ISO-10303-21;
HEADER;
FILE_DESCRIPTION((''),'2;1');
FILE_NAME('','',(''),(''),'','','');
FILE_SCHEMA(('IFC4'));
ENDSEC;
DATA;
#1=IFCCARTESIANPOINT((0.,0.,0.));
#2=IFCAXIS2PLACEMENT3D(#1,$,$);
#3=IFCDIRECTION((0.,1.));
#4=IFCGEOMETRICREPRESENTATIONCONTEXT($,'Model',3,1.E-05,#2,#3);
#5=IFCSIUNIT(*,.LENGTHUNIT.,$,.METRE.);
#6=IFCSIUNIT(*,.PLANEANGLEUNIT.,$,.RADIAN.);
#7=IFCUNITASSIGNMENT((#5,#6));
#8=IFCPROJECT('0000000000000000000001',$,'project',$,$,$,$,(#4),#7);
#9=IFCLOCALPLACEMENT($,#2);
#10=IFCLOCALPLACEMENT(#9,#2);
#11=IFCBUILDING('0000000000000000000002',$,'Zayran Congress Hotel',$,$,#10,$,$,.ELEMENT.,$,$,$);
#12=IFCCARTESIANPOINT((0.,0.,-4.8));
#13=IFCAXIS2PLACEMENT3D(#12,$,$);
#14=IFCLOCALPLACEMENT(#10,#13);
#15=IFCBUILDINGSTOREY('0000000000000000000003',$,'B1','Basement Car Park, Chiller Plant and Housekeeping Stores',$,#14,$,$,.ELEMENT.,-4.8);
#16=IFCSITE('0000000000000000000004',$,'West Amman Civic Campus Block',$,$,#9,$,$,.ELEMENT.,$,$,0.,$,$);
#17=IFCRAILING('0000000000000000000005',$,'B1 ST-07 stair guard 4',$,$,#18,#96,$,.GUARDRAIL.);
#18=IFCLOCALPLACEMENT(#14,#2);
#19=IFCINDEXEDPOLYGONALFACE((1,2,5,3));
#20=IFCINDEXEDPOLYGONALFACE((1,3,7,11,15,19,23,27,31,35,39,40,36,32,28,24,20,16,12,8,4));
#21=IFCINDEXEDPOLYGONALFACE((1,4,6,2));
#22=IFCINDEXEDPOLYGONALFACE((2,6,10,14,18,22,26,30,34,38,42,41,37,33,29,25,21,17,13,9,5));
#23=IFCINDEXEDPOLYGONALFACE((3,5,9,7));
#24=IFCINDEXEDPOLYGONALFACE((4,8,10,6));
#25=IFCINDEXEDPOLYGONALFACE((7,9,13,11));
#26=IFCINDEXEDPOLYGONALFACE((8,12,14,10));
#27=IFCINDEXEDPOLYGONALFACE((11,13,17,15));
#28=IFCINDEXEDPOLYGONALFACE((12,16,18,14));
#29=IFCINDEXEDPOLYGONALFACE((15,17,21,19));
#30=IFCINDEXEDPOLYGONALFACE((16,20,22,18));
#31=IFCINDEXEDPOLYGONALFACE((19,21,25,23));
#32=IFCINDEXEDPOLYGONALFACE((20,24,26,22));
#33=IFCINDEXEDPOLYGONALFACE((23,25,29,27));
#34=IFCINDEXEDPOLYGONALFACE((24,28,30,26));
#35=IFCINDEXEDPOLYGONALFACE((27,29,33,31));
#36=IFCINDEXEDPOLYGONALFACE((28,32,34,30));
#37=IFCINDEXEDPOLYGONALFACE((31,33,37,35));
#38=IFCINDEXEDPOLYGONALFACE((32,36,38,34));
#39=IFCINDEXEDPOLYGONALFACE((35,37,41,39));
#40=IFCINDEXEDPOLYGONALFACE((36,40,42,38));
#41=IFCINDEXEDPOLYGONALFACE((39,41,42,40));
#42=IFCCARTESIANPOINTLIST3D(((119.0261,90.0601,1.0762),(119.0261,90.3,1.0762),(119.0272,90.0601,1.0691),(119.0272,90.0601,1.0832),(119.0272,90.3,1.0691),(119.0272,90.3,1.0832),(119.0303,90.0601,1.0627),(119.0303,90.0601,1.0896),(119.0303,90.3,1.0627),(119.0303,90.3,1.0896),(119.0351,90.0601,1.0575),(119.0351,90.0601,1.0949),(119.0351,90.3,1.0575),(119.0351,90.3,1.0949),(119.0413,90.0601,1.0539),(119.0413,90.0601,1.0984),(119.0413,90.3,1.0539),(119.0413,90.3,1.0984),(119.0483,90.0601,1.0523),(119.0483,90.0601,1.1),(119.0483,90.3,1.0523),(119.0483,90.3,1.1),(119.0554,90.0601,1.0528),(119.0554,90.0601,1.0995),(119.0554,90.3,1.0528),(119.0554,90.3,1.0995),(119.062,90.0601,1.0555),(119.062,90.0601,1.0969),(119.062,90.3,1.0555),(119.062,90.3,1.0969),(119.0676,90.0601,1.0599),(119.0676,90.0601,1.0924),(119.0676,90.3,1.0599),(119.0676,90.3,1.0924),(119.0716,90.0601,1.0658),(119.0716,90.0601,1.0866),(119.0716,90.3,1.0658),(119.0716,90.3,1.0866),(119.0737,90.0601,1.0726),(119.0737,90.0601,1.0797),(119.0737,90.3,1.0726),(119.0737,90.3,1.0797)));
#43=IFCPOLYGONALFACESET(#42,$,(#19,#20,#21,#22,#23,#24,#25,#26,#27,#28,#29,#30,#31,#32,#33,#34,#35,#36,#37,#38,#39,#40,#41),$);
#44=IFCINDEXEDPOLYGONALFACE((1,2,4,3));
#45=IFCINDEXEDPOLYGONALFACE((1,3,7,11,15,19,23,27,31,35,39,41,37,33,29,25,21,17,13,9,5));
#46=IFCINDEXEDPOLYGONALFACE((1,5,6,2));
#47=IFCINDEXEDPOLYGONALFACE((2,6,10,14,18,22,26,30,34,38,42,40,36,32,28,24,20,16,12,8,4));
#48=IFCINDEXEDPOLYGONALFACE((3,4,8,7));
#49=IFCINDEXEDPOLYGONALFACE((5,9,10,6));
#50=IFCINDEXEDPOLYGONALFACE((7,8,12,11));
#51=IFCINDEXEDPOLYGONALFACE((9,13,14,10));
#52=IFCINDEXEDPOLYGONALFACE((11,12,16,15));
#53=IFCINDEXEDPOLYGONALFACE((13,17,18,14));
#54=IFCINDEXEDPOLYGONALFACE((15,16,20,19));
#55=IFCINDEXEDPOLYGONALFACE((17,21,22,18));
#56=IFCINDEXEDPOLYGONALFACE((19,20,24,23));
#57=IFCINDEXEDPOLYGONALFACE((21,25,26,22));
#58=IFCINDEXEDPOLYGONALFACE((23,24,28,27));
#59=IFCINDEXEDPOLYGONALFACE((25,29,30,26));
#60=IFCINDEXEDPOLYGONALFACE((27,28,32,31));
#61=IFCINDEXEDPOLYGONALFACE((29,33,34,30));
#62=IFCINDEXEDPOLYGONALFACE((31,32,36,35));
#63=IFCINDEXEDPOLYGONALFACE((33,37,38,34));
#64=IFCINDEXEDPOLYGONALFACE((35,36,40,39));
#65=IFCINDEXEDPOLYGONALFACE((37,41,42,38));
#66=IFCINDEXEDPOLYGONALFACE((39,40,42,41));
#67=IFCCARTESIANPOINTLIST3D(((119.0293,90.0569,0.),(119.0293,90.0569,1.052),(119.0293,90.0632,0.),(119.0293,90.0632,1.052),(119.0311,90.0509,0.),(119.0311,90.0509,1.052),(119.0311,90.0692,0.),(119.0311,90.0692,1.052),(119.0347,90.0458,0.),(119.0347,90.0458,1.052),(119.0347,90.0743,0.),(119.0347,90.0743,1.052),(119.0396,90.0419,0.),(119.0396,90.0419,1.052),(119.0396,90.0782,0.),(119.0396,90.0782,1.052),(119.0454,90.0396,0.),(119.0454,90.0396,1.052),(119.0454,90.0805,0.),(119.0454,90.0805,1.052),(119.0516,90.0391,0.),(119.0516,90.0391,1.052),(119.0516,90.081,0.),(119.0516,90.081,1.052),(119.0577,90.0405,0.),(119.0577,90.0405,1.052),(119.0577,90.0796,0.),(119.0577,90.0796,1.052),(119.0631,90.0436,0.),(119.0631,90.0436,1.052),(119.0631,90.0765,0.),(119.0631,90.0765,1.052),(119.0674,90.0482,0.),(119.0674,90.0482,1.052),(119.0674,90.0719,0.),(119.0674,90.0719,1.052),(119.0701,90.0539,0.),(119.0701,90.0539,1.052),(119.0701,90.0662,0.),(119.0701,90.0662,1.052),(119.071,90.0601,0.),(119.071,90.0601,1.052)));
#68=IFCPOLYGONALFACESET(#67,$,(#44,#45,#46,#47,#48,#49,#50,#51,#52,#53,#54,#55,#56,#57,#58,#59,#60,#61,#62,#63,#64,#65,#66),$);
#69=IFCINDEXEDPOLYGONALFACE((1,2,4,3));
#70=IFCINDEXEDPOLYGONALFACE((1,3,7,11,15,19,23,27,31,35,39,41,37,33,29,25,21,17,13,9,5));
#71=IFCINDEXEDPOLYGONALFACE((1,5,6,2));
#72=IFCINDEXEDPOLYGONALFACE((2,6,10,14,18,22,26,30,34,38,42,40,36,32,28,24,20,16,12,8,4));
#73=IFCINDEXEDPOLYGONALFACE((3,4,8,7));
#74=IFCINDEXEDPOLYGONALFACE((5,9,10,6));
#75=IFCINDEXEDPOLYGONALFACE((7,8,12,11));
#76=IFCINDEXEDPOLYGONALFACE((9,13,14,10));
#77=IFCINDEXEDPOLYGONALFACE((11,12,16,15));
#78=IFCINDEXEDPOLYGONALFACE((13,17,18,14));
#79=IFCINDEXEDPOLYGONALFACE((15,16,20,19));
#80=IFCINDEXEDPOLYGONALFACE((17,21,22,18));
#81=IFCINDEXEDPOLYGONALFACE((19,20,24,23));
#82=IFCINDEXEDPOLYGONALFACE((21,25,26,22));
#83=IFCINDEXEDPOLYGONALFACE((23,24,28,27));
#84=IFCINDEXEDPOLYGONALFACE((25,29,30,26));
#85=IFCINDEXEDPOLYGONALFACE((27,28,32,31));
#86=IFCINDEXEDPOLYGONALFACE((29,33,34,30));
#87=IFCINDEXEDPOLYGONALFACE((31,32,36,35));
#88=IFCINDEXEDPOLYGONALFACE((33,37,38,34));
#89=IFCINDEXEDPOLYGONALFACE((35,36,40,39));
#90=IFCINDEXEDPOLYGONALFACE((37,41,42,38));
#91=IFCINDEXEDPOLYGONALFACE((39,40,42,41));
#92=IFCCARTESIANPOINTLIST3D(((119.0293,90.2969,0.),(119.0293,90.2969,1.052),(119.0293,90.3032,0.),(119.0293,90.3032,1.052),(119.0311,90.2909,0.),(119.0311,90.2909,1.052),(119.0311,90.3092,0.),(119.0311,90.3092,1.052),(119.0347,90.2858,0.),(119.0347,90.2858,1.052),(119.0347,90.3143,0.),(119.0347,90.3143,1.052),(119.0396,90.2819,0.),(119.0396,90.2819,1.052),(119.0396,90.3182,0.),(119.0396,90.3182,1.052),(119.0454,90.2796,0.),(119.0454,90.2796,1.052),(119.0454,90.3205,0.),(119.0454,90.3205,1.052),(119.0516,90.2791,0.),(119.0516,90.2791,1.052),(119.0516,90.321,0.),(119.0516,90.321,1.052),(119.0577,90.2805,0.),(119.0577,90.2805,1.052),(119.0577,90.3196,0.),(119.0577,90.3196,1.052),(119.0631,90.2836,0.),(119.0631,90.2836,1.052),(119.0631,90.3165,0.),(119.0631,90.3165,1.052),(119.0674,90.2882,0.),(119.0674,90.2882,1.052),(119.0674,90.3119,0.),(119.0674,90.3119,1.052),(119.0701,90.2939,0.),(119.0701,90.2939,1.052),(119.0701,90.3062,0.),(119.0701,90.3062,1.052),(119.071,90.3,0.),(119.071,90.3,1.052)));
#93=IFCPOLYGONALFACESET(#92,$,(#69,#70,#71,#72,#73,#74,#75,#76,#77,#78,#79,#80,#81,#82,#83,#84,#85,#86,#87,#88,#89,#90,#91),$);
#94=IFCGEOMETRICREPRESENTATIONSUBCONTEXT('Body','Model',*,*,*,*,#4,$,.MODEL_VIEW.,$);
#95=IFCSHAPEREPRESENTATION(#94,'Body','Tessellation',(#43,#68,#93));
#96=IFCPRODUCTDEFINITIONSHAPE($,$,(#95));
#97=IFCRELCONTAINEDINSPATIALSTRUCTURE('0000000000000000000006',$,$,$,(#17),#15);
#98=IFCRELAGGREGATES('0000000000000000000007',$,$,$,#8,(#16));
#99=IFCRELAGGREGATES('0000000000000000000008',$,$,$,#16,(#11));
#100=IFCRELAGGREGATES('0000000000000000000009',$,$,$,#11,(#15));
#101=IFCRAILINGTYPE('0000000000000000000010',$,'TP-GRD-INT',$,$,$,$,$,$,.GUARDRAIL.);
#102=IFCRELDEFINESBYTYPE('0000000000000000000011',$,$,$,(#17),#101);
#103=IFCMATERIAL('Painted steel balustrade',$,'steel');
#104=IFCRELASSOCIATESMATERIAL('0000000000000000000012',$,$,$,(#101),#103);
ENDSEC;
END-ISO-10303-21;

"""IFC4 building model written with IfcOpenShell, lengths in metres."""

from ifc_helpers import new_model, si_unit, direction, frame, origin, origin_2d, place, context, subcontext, project, spatial, circle, extrude, material, type_object, element, save


model = new_model("IFC4")

# Units and contexts
model_context = context("Model", 3, precision=1e-05, world=origin(), true_north=direction((0.0, 1.0)))
body_context = subcontext(model_context, "Body", "Model", "MODEL_VIEW")
ifc_project = project(units=[si_unit("LENGTHUNIT", "METRE"), si_unit("PLANEANGLEUNIT", "RADIAN")], contexts=[model_context])

# Site, building, storey
site_placement = place(None, origin())
site = spatial("IfcSite", under=ifc_project, at=site_placement, Name="West Amman Civic Campus Block", CompositionType="ELEMENT", RefElevation=0.0)
building_placement = place(site_placement, origin())
building = spatial("IfcBuilding", under=site, at=building_placement, Name="Zayran Congress Hotel", CompositionType="ELEMENT")
storey_placement = place(building_placement, frame((0.0, 0.0, -4.8)))
storey = spatial("IfcBuildingStorey", under=building, at=storey_placement, Name="B1", Description="Basement Car Park, Chiller Plant and Housekeeping Stores", CompositionType="ELEMENT", Elevation=-4.8)

# Railing
ifc_material_1 = material(Name="Painted steel balustrade", Category="steel")
railing_type_1 = type_object("IfcRailingType", Name="TP-GRD-INT", PredefinedType="GUARDRAIL", material=ifc_material_1)
railing_1_placement = place(storey_placement, frame((119.05, 90.0601, 0.0)))
element("IfcRailing", 1, at=railing_1_placement, inside=storey, type_object=railing_type_1, Name="B1 ST-07 stair guard 4", PredefinedType="GUARDRAIL", context=body_context, shape_type="SweptSolid", body=[
    extrude(circle(Radius=0.0239, at=origin_2d()), frame((0.0, 0.0, 1.0762), z_axis=(0.0, 1.0, 0.0), x_axis=(-1.0, 0.0, 0.0)), (0.0, 0.0, 1.0), 0.24),
    extrude(circle(Radius=0.021, at=origin_2d()), origin(), (0.0, 0.0, 1.0), 1.052),
    extrude(circle(Radius=0.021, at=origin_2d()), frame((0.0, 0.24, 0.0)), (0.0, 0.0, 1.0), 1.052),
])

save(model, "model.ifc")
